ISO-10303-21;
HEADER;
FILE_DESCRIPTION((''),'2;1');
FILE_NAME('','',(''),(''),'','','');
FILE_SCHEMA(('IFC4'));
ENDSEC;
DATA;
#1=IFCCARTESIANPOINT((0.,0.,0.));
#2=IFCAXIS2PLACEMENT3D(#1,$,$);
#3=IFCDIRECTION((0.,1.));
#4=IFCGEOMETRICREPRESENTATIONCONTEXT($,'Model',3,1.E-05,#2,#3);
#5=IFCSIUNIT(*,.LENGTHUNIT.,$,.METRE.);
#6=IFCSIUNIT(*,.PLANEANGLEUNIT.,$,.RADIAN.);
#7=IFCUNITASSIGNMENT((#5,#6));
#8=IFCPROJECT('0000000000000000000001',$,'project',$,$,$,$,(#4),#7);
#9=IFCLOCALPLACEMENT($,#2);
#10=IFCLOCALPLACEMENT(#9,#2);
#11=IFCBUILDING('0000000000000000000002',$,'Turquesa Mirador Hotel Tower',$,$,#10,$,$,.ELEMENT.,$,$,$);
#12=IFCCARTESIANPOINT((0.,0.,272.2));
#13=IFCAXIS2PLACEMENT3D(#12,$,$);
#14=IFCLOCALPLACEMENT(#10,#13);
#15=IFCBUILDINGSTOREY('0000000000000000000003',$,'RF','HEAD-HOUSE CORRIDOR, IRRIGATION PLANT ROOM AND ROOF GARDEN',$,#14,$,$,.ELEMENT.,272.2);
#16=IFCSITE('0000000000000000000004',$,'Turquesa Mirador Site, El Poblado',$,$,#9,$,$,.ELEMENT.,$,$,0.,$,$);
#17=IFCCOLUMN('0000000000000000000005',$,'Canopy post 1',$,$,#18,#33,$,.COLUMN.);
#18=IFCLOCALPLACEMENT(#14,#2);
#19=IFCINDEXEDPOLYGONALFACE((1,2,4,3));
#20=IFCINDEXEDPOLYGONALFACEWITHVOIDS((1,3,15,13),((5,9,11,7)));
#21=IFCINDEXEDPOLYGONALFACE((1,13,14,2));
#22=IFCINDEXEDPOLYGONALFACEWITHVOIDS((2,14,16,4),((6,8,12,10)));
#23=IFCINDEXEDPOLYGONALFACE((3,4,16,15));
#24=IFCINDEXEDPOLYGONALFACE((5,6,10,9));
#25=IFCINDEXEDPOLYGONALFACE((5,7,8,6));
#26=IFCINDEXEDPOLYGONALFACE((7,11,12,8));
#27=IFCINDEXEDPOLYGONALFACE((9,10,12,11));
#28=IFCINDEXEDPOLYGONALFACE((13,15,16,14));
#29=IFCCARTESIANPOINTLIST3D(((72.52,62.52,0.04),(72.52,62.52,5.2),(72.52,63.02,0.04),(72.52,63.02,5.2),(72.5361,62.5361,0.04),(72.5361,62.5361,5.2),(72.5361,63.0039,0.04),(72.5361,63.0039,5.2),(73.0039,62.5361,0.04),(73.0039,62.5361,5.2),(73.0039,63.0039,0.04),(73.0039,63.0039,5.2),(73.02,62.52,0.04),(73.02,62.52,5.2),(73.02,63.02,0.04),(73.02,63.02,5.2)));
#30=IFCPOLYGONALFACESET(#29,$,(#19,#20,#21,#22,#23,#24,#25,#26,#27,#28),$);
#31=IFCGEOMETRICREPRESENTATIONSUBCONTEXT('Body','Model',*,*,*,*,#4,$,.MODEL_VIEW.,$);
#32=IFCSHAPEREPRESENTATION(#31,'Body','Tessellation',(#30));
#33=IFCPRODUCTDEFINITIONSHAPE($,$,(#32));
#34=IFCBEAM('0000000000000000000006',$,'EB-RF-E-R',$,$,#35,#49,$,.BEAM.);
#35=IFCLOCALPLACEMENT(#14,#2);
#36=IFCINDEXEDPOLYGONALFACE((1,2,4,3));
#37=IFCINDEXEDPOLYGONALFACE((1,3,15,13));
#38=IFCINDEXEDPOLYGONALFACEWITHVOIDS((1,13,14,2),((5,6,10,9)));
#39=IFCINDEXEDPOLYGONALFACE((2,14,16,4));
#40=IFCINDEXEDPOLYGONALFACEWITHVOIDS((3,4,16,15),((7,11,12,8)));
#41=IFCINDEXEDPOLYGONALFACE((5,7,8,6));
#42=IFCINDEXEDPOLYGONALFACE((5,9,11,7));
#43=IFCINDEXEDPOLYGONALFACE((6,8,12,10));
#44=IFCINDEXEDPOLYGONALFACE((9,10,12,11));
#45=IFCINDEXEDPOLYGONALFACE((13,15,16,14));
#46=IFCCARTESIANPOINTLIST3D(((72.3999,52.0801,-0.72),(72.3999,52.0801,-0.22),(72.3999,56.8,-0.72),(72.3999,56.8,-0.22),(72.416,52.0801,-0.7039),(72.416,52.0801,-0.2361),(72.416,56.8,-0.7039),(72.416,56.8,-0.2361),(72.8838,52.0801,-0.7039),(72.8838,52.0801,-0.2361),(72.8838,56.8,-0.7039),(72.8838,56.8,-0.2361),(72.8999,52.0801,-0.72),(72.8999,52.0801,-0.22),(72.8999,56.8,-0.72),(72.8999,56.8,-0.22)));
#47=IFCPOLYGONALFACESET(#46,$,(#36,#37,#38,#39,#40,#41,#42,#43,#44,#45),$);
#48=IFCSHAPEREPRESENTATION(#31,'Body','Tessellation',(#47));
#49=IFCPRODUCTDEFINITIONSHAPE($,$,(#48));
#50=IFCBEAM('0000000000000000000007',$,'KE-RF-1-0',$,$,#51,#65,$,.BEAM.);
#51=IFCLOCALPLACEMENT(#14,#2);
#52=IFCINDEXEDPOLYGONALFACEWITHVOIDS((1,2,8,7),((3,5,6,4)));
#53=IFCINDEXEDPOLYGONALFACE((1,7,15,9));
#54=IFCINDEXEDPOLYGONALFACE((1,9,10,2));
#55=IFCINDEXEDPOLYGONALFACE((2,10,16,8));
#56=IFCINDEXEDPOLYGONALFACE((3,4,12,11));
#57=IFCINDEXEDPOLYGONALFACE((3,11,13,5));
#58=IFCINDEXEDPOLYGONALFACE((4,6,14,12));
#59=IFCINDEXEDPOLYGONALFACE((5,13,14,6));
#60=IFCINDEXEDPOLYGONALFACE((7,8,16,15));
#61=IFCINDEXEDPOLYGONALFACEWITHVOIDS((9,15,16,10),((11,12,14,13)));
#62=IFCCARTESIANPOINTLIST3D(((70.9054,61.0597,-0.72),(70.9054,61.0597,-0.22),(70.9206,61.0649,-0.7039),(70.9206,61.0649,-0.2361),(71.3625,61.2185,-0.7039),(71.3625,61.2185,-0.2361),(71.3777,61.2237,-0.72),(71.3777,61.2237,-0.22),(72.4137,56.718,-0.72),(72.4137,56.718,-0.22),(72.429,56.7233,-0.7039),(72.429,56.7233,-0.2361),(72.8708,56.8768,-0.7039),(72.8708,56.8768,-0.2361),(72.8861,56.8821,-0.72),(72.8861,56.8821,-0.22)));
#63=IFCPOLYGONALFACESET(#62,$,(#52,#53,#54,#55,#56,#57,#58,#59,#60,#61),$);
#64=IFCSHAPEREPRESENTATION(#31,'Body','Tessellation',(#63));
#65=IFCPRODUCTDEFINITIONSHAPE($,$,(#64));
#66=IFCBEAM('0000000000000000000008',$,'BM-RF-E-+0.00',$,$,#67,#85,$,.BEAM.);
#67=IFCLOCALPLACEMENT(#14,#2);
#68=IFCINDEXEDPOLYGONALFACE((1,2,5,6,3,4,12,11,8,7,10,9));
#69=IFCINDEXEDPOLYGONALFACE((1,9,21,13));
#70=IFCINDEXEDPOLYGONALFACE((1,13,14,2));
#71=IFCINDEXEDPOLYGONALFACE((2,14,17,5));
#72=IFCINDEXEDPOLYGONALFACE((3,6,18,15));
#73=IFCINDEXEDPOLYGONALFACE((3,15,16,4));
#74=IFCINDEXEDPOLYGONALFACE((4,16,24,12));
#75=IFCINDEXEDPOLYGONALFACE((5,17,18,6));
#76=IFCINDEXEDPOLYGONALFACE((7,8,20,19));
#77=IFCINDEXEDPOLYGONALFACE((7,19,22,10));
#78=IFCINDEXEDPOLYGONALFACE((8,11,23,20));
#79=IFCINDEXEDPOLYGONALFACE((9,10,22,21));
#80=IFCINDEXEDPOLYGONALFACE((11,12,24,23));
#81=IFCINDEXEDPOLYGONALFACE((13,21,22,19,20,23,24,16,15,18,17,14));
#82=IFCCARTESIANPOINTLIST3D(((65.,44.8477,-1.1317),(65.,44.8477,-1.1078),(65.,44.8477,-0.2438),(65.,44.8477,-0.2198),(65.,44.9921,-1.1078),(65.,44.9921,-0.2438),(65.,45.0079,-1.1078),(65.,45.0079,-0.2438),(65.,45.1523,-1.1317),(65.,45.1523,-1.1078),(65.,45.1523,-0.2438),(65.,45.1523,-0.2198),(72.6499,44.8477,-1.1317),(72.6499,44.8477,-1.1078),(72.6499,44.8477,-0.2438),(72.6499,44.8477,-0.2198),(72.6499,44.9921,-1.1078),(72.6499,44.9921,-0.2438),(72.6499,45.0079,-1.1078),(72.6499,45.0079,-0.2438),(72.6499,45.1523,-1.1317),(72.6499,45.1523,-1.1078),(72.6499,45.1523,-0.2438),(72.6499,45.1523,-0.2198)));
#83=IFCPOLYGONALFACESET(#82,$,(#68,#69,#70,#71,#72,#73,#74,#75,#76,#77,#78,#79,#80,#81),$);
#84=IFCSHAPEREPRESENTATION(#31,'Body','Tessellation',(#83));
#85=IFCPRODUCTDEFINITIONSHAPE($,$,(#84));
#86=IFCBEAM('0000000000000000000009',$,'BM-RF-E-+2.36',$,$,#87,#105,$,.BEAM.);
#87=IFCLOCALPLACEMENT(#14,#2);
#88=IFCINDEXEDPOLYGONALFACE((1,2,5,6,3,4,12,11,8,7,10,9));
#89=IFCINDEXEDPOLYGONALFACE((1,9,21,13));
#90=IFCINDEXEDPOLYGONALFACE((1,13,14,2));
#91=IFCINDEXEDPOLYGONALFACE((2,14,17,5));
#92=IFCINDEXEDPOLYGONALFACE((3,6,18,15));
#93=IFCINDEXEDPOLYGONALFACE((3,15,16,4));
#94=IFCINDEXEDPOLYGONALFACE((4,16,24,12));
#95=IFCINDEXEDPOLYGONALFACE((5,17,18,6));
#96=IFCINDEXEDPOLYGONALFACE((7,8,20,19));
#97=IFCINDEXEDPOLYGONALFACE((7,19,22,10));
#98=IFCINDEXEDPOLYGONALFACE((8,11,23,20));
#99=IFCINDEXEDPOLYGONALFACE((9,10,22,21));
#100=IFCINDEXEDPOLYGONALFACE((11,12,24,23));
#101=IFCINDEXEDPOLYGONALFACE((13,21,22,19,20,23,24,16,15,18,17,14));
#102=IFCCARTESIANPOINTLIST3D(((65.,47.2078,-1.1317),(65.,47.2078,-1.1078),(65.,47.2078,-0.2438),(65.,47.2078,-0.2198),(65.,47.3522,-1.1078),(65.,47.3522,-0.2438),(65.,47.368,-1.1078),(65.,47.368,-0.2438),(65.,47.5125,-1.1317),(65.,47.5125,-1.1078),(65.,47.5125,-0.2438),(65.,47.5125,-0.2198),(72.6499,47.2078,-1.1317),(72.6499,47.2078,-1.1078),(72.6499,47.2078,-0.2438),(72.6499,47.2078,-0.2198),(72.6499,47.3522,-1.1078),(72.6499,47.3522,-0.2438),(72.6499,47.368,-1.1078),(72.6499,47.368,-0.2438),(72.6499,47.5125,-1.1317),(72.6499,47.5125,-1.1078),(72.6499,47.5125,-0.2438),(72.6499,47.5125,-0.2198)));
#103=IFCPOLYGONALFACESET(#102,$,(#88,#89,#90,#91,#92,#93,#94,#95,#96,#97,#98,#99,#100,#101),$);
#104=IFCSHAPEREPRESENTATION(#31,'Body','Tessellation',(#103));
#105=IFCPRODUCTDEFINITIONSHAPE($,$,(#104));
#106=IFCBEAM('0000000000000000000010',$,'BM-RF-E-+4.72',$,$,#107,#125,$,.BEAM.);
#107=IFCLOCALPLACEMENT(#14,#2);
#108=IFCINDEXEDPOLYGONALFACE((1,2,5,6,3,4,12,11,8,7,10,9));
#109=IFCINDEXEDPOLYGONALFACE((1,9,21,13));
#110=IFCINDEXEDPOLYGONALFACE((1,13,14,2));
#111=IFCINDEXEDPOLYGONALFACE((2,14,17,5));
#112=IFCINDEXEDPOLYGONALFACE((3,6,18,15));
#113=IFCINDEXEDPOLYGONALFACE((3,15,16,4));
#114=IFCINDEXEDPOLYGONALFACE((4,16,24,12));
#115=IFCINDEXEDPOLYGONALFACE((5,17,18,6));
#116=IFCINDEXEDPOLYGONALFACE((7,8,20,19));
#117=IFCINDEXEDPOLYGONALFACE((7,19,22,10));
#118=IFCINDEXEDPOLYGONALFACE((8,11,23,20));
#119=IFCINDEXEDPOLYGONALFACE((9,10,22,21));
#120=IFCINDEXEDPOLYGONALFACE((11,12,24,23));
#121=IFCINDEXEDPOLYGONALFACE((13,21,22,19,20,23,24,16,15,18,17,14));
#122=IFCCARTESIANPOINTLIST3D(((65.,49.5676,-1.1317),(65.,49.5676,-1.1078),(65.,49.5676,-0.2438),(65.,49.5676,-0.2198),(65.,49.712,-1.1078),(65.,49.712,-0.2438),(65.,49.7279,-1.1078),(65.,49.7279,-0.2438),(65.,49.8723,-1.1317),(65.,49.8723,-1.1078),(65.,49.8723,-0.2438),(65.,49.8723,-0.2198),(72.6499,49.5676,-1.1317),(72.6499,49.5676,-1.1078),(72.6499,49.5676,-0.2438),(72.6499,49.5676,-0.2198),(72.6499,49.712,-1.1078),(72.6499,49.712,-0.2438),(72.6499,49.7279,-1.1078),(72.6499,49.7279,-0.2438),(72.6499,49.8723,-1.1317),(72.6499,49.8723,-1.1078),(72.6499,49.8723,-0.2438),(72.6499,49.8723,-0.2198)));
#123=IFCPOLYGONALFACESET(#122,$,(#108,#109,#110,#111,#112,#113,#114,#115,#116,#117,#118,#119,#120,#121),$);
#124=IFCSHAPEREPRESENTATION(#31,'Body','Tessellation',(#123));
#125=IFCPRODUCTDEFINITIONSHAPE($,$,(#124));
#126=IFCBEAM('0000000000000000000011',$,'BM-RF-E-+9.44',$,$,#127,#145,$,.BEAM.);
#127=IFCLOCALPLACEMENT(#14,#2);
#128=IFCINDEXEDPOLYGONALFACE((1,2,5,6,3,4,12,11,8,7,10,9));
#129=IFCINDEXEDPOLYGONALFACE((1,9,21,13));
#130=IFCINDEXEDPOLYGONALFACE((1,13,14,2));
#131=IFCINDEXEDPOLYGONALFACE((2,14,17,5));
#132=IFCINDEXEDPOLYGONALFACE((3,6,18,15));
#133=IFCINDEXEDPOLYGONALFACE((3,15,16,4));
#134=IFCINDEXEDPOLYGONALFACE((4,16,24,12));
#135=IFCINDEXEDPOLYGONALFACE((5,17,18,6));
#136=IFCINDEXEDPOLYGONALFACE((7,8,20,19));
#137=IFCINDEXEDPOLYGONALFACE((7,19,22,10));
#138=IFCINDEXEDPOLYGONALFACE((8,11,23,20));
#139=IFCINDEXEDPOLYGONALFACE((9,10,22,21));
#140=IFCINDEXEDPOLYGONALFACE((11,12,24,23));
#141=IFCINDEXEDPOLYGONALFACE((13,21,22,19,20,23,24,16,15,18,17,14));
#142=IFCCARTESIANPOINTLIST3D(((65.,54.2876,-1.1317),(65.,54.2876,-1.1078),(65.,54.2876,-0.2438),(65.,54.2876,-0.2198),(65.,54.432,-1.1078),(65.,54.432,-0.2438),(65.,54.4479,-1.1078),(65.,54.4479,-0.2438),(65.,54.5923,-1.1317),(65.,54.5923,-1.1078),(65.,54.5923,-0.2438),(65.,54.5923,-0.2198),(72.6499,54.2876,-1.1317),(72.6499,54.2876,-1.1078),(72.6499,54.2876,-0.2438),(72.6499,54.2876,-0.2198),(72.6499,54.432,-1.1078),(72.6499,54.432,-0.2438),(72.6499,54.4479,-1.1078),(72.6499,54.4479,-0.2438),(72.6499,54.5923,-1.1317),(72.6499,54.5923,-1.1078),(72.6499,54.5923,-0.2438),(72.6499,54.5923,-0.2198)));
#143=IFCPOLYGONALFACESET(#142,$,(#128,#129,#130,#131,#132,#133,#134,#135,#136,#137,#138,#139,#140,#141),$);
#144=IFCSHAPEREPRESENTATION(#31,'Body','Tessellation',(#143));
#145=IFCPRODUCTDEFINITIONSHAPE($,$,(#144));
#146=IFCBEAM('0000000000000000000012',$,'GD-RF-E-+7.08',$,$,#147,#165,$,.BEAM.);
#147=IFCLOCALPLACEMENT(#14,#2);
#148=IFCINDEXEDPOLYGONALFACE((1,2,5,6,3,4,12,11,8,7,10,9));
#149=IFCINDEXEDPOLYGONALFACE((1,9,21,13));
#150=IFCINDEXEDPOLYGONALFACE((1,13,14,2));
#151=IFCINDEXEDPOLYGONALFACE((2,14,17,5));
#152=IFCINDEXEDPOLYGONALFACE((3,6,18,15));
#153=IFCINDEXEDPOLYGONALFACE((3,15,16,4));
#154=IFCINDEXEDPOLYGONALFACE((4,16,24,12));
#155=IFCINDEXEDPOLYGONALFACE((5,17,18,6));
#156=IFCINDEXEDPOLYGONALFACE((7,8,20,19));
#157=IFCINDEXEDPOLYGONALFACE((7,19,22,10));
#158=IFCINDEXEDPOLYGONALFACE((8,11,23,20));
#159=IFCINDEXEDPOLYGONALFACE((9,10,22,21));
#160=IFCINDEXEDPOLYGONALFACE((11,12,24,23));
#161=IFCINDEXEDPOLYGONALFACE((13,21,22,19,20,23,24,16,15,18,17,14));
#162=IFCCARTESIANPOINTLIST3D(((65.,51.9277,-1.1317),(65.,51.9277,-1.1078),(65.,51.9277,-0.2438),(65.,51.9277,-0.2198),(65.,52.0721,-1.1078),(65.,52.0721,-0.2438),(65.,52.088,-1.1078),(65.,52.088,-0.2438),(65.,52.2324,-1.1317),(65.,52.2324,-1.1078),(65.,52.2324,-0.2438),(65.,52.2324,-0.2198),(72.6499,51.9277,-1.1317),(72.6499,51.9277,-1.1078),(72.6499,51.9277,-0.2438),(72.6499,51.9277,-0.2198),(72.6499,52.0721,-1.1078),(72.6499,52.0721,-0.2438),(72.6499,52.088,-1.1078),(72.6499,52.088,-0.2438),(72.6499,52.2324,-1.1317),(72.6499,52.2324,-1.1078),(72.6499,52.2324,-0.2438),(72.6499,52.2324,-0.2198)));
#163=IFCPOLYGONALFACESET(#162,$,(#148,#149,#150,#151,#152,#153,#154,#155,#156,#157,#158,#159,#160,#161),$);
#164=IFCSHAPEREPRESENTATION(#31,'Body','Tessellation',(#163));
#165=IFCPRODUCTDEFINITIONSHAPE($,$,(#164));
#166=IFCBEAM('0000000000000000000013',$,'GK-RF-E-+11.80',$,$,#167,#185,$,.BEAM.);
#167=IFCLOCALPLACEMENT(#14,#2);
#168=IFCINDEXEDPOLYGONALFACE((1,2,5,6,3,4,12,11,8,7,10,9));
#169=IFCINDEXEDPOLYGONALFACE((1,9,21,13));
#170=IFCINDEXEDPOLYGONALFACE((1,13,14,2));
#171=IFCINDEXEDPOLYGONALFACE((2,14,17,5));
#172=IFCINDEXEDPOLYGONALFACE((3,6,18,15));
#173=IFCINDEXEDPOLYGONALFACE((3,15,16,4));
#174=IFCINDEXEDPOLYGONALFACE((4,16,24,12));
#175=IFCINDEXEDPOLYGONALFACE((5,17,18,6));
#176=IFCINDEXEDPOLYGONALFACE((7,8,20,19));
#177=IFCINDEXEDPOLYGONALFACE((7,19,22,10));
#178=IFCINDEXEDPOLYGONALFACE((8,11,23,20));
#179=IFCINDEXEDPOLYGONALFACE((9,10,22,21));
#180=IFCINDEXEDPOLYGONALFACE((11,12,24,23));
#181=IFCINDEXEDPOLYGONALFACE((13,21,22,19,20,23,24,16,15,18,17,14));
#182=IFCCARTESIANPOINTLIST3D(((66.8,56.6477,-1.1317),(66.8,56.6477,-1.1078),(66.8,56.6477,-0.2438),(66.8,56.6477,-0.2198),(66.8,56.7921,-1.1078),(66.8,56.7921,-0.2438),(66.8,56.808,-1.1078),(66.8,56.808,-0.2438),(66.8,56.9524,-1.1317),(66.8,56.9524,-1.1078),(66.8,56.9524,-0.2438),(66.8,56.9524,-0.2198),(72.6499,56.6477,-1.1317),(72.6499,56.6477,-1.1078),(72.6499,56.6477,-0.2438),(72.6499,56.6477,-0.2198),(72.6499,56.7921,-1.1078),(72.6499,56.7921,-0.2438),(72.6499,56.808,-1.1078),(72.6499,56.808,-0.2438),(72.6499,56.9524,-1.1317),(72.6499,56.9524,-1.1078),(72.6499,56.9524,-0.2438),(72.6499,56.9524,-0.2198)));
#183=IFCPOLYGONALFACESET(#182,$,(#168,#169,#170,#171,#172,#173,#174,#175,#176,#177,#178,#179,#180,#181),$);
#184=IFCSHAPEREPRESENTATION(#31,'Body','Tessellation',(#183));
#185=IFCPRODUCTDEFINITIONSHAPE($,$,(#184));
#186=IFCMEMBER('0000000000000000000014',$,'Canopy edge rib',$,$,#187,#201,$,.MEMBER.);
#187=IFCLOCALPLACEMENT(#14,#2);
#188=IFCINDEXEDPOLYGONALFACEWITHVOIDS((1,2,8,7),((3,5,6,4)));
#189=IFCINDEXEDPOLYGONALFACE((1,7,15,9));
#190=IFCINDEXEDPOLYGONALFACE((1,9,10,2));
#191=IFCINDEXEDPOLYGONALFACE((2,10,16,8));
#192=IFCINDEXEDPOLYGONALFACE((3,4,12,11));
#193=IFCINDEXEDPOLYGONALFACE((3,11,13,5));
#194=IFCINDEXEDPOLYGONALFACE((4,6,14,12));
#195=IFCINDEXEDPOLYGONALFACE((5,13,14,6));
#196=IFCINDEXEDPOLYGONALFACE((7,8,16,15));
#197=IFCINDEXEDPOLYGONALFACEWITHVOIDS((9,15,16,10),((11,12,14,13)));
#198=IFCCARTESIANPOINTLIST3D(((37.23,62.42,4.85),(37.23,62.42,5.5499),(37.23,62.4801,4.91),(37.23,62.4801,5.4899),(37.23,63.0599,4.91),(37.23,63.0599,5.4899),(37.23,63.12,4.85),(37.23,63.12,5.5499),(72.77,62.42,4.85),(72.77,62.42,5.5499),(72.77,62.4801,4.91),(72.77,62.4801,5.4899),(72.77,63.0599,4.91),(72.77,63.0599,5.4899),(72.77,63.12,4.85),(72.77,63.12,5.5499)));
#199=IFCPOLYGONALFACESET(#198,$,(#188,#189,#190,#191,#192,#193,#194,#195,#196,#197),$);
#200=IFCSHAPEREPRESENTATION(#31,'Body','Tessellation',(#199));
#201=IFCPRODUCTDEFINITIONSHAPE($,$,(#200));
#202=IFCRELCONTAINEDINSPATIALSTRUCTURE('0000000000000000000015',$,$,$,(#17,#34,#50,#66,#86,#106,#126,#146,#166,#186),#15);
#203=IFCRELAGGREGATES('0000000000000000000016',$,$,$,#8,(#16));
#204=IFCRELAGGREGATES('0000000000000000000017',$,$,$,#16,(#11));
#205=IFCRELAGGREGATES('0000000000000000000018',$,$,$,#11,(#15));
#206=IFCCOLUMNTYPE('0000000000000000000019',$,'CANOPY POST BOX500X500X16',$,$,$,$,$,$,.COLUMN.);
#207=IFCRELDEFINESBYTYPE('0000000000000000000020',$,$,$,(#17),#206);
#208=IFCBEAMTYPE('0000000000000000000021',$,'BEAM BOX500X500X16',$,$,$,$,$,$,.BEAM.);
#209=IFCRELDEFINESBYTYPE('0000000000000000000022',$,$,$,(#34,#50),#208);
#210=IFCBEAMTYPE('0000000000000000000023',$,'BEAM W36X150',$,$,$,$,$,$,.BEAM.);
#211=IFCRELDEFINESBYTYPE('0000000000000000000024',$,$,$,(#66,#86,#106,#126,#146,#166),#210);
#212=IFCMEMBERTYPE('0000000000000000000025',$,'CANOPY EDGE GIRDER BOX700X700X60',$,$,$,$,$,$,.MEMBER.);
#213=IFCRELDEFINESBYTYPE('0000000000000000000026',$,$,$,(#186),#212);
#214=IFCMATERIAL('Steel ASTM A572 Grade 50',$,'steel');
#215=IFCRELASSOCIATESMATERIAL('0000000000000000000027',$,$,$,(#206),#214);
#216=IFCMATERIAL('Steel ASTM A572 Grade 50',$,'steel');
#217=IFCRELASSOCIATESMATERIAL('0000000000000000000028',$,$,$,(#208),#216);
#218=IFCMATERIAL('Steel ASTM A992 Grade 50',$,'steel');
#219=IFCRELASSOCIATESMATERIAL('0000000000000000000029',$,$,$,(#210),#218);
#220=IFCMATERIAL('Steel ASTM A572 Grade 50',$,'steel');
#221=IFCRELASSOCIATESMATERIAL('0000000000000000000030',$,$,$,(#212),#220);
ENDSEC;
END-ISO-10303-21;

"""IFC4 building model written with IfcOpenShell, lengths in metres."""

from ifc_helpers import new_model, si_unit, direction, frame, origin, origin_2d, place, context, subcontext, project, spatial, hollow_rectangle, i_section, extrude, clip, halfspace, material, material_profile, profile_set, type_object, element, save


model = new_model("IFC4")

# Units and contexts
model_context = context("Model", 3, precision=1e-05, world=origin(), true_north=direction((0.0, 1.0)))
body_context = subcontext(model_context, "Body", "Model", "MODEL_VIEW")
ifc_project = project(units=[si_unit("LENGTHUNIT", "METRE"), si_unit("PLANEANGLEUNIT", "RADIAN")], contexts=[model_context])

# Site, building, storey
site_placement = place(None, origin())
site = spatial("IfcSite", under=ifc_project, at=site_placement, Name="Turquesa Mirador Site, El Poblado", CompositionType="ELEMENT", RefElevation=0.0)
building_placement = place(site_placement, origin())
building = spatial("IfcBuilding", under=site, at=building_placement, Name="Turquesa Mirador Hotel Tower", CompositionType="ELEMENT")
storey_placement = place(building_placement, frame((0.0, 0.0, 272.2)))
storey = spatial("IfcBuildingStorey", under=building, at=storey_placement, Name="RF", Description="HEAD-HOUSE CORRIDOR, IRRIGATION PLANT ROOM AND ROOF GARDEN", CompositionType="ELEMENT", Elevation=272.2)

# Column
ifc_material_1 = material(Name="Steel ASTM A572 Grade 50", Category="steel")
ifc_material_profile_1 = material_profile(ifc_material_1, hollow_rectangle(XDim=0.5, YDim=0.5, WallThickness=0.0161, at=origin_2d()), Name="BOX500X500X16")
ifc_profile_set_1 = profile_set([ifc_material_profile_1], Name="Steel ASTM A572 Grade 50")
column_type = type_object("IfcColumnType", Name="CANOPY POST BOX500X500X16", PredefinedType="COLUMN", material=ifc_profile_set_1)
column_placement = place(storey_placement, frame((72.77, 62.77, 0.0), z_axis=(0.0, 0.0, 1.0), x_axis=(1.0, 0.0, 0.0)))
element("IfcColumn", 1, at=column_placement, inside=storey, type_object=column_type, Name="Canopy post 1", PredefinedType="COLUMN", context=body_context, shape_type="Clipping", body=[
    clip(extrude(hollow_rectangle(XDim=0.5, YDim=0.5, WallThickness=0.0161, at=origin_2d()), origin(), (0.0, 0.0, 1.0), 5.2), halfspace(frame((0.0, 0.0, 0.04), z_axis=(0.0, 0.0, -1.0), x_axis=(1.0, 0.0, 0.0)), False)),
])

# Beams
ifc_material_2 = material(Name="Steel ASTM A572 Grade 50", Category="steel")
ifc_material_profile_2 = material_profile(ifc_material_2, hollow_rectangle(XDim=0.5, YDim=0.5, WallThickness=0.0161, at=origin_2d()), Name="BOX500X500X16")
ifc_profile_set_2 = profile_set([ifc_material_profile_2], Name="Steel ASTM A572 Grade 50")
beam_type_1 = type_object("IfcBeamType", Name="BEAM BOX500X500X16", PredefinedType="BEAM", material=ifc_profile_set_2)
beam_1_placement = place(storey_placement, frame((72.6499, 52.0801, -0.47), z_axis=(0.0, 1.0, 0.0), x_axis=(-1.0, 0.0, 0.0)))
element("IfcBeam", 2, at=beam_1_placement, inside=storey, type_object=beam_type_1, Name="EB-RF-E-R", PredefinedType="BEAM", context=body_context, shape_type="SweptSolid", body=[
    extrude(hollow_rectangle(XDim=0.5, YDim=0.5, WallThickness=0.0161, at=origin_2d()), origin(), (0.0, 0.0, 1.0), 4.72),
])
beam_2_placement = place(storey_placement, frame((72.6499, 56.8, -0.47), z_axis=(-0.32817, 0.944619, 0.0), x_axis=(-0.944619, -0.32817, 0.0)))
element("IfcBeam", 3, at=beam_2_placement, inside=storey, type_object=beam_type_1, Name="KE-RF-1-0", PredefinedType="BEAM", context=body_context, shape_type="SweptSolid", body=[
    extrude(hollow_rectangle(XDim=0.5, YDim=0.5, WallThickness=0.0161, at=origin_2d()), origin(), (0.0, 0.0, 1.0), 4.5962),
])
ifc_material_3 = material(Name="Steel ASTM A992 Grade 50", Category="steel")
ifc_material_profile_3 = material_profile(ifc_material_3, i_section(OverallWidth=0.3047, OverallDepth=0.9119, WebThickness=0.0159, FlangeThickness=0.0239, at=origin_2d()), Name="W36X150")
ifc_profile_set_3 = profile_set([ifc_material_profile_3], Name="Steel ASTM A992 Grade 50")
beam_type_2 = type_object("IfcBeamType", Name="BEAM W36X150", PredefinedType="BEAM", material=ifc_profile_set_3)
for number, where, z_axis, x_axis, name in (
    (4, (72.6499, 45.0, -0.6758), (-1.0, 0.0, 0.0), (0.0, -1.0, 0.0), "BM-RF-E-+0.00"),
    (5, (72.6499, 47.3601, -0.6758), (-1.0, 0.0, 0.0), (0.0, -1.0, 0.0), "BM-RF-E-+2.36"),
    (6, (72.6499, 49.72, -0.6758), (-1.0, 0.0, 0.0), (0.0, -1.0, 0.0), "BM-RF-E-+4.72"),
    (7, (72.6499, 54.4399, -0.6758), (-1.0, 0.0, 0.0), (0.0, -1.0, 0.0), "BM-RF-E-+9.44"),
    (8, (72.6499, 52.0801, -0.6758), (-1.0, 0.0, 0.0), (0.0, -1.0, 0.0), "GD-RF-E-+7.08"),
):
    element("IfcBeam", number, at=place(storey_placement, frame(where, z_axis=z_axis, x_axis=x_axis)), inside=storey, type_object=beam_type_2, Name=name, PredefinedType="BEAM", context=body_context, shape_type="SweptSolid", body=[
        extrude(i_section(OverallWidth=0.3047, OverallDepth=0.9119, WebThickness=0.0159, FlangeThickness=0.0239, at=origin_2d()), origin(), (0.0, 0.0, 1.0), 7.6499),
    ])
beam_3_placement = place(storey_placement, frame((72.6499, 56.8, -0.6758), z_axis=(-1.0, 0.0, 0.0), x_axis=(0.0, -1.0, 0.0)))
element("IfcBeam", 9, at=beam_3_placement, inside=storey, type_object=beam_type_2, Name="GK-RF-E-+11.80", PredefinedType="BEAM", context=body_context, shape_type="SweptSolid", body=[
    extrude(i_section(OverallWidth=0.3047, OverallDepth=0.9119, WebThickness=0.0159, FlangeThickness=0.0239, at=origin_2d()), origin(), (0.0, 0.0, 1.0), 5.8499),
])

# Member
ifc_material_4 = material(Name="Steel ASTM A572 Grade 50", Category="steel")
ifc_material_profile_4 = material_profile(ifc_material_4, hollow_rectangle(XDim=0.7, YDim=0.7, WallThickness=0.0601, at=origin_2d()), Name="BOX700X700X60")
ifc_profile_set_4 = profile_set([ifc_material_profile_4], Name="Steel ASTM A572 Grade 50")
member_type_1 = type_object("IfcMemberType", Name="CANOPY EDGE GIRDER BOX700X700X60", PredefinedType="MEMBER", material=ifc_profile_set_4)
member_1_placement = place(storey_placement, frame((72.77, 62.77, 5.2), z_axis=(-1.0, 0.0, 0.0), x_axis=(0.0, -1.0, 0.0)))
element("IfcMember", 10, at=member_1_placement, inside=storey, type_object=member_type_1, Name="Canopy edge rib", PredefinedType="MEMBER", context=body_context, shape_type="SweptSolid", body=[
    extrude(hollow_rectangle(XDim=0.7, YDim=0.7, WallThickness=0.0601, at=origin_2d()), origin(), (0.0, 0.0, 1.0), 35.54),
])

save(model, "model.ifc")
